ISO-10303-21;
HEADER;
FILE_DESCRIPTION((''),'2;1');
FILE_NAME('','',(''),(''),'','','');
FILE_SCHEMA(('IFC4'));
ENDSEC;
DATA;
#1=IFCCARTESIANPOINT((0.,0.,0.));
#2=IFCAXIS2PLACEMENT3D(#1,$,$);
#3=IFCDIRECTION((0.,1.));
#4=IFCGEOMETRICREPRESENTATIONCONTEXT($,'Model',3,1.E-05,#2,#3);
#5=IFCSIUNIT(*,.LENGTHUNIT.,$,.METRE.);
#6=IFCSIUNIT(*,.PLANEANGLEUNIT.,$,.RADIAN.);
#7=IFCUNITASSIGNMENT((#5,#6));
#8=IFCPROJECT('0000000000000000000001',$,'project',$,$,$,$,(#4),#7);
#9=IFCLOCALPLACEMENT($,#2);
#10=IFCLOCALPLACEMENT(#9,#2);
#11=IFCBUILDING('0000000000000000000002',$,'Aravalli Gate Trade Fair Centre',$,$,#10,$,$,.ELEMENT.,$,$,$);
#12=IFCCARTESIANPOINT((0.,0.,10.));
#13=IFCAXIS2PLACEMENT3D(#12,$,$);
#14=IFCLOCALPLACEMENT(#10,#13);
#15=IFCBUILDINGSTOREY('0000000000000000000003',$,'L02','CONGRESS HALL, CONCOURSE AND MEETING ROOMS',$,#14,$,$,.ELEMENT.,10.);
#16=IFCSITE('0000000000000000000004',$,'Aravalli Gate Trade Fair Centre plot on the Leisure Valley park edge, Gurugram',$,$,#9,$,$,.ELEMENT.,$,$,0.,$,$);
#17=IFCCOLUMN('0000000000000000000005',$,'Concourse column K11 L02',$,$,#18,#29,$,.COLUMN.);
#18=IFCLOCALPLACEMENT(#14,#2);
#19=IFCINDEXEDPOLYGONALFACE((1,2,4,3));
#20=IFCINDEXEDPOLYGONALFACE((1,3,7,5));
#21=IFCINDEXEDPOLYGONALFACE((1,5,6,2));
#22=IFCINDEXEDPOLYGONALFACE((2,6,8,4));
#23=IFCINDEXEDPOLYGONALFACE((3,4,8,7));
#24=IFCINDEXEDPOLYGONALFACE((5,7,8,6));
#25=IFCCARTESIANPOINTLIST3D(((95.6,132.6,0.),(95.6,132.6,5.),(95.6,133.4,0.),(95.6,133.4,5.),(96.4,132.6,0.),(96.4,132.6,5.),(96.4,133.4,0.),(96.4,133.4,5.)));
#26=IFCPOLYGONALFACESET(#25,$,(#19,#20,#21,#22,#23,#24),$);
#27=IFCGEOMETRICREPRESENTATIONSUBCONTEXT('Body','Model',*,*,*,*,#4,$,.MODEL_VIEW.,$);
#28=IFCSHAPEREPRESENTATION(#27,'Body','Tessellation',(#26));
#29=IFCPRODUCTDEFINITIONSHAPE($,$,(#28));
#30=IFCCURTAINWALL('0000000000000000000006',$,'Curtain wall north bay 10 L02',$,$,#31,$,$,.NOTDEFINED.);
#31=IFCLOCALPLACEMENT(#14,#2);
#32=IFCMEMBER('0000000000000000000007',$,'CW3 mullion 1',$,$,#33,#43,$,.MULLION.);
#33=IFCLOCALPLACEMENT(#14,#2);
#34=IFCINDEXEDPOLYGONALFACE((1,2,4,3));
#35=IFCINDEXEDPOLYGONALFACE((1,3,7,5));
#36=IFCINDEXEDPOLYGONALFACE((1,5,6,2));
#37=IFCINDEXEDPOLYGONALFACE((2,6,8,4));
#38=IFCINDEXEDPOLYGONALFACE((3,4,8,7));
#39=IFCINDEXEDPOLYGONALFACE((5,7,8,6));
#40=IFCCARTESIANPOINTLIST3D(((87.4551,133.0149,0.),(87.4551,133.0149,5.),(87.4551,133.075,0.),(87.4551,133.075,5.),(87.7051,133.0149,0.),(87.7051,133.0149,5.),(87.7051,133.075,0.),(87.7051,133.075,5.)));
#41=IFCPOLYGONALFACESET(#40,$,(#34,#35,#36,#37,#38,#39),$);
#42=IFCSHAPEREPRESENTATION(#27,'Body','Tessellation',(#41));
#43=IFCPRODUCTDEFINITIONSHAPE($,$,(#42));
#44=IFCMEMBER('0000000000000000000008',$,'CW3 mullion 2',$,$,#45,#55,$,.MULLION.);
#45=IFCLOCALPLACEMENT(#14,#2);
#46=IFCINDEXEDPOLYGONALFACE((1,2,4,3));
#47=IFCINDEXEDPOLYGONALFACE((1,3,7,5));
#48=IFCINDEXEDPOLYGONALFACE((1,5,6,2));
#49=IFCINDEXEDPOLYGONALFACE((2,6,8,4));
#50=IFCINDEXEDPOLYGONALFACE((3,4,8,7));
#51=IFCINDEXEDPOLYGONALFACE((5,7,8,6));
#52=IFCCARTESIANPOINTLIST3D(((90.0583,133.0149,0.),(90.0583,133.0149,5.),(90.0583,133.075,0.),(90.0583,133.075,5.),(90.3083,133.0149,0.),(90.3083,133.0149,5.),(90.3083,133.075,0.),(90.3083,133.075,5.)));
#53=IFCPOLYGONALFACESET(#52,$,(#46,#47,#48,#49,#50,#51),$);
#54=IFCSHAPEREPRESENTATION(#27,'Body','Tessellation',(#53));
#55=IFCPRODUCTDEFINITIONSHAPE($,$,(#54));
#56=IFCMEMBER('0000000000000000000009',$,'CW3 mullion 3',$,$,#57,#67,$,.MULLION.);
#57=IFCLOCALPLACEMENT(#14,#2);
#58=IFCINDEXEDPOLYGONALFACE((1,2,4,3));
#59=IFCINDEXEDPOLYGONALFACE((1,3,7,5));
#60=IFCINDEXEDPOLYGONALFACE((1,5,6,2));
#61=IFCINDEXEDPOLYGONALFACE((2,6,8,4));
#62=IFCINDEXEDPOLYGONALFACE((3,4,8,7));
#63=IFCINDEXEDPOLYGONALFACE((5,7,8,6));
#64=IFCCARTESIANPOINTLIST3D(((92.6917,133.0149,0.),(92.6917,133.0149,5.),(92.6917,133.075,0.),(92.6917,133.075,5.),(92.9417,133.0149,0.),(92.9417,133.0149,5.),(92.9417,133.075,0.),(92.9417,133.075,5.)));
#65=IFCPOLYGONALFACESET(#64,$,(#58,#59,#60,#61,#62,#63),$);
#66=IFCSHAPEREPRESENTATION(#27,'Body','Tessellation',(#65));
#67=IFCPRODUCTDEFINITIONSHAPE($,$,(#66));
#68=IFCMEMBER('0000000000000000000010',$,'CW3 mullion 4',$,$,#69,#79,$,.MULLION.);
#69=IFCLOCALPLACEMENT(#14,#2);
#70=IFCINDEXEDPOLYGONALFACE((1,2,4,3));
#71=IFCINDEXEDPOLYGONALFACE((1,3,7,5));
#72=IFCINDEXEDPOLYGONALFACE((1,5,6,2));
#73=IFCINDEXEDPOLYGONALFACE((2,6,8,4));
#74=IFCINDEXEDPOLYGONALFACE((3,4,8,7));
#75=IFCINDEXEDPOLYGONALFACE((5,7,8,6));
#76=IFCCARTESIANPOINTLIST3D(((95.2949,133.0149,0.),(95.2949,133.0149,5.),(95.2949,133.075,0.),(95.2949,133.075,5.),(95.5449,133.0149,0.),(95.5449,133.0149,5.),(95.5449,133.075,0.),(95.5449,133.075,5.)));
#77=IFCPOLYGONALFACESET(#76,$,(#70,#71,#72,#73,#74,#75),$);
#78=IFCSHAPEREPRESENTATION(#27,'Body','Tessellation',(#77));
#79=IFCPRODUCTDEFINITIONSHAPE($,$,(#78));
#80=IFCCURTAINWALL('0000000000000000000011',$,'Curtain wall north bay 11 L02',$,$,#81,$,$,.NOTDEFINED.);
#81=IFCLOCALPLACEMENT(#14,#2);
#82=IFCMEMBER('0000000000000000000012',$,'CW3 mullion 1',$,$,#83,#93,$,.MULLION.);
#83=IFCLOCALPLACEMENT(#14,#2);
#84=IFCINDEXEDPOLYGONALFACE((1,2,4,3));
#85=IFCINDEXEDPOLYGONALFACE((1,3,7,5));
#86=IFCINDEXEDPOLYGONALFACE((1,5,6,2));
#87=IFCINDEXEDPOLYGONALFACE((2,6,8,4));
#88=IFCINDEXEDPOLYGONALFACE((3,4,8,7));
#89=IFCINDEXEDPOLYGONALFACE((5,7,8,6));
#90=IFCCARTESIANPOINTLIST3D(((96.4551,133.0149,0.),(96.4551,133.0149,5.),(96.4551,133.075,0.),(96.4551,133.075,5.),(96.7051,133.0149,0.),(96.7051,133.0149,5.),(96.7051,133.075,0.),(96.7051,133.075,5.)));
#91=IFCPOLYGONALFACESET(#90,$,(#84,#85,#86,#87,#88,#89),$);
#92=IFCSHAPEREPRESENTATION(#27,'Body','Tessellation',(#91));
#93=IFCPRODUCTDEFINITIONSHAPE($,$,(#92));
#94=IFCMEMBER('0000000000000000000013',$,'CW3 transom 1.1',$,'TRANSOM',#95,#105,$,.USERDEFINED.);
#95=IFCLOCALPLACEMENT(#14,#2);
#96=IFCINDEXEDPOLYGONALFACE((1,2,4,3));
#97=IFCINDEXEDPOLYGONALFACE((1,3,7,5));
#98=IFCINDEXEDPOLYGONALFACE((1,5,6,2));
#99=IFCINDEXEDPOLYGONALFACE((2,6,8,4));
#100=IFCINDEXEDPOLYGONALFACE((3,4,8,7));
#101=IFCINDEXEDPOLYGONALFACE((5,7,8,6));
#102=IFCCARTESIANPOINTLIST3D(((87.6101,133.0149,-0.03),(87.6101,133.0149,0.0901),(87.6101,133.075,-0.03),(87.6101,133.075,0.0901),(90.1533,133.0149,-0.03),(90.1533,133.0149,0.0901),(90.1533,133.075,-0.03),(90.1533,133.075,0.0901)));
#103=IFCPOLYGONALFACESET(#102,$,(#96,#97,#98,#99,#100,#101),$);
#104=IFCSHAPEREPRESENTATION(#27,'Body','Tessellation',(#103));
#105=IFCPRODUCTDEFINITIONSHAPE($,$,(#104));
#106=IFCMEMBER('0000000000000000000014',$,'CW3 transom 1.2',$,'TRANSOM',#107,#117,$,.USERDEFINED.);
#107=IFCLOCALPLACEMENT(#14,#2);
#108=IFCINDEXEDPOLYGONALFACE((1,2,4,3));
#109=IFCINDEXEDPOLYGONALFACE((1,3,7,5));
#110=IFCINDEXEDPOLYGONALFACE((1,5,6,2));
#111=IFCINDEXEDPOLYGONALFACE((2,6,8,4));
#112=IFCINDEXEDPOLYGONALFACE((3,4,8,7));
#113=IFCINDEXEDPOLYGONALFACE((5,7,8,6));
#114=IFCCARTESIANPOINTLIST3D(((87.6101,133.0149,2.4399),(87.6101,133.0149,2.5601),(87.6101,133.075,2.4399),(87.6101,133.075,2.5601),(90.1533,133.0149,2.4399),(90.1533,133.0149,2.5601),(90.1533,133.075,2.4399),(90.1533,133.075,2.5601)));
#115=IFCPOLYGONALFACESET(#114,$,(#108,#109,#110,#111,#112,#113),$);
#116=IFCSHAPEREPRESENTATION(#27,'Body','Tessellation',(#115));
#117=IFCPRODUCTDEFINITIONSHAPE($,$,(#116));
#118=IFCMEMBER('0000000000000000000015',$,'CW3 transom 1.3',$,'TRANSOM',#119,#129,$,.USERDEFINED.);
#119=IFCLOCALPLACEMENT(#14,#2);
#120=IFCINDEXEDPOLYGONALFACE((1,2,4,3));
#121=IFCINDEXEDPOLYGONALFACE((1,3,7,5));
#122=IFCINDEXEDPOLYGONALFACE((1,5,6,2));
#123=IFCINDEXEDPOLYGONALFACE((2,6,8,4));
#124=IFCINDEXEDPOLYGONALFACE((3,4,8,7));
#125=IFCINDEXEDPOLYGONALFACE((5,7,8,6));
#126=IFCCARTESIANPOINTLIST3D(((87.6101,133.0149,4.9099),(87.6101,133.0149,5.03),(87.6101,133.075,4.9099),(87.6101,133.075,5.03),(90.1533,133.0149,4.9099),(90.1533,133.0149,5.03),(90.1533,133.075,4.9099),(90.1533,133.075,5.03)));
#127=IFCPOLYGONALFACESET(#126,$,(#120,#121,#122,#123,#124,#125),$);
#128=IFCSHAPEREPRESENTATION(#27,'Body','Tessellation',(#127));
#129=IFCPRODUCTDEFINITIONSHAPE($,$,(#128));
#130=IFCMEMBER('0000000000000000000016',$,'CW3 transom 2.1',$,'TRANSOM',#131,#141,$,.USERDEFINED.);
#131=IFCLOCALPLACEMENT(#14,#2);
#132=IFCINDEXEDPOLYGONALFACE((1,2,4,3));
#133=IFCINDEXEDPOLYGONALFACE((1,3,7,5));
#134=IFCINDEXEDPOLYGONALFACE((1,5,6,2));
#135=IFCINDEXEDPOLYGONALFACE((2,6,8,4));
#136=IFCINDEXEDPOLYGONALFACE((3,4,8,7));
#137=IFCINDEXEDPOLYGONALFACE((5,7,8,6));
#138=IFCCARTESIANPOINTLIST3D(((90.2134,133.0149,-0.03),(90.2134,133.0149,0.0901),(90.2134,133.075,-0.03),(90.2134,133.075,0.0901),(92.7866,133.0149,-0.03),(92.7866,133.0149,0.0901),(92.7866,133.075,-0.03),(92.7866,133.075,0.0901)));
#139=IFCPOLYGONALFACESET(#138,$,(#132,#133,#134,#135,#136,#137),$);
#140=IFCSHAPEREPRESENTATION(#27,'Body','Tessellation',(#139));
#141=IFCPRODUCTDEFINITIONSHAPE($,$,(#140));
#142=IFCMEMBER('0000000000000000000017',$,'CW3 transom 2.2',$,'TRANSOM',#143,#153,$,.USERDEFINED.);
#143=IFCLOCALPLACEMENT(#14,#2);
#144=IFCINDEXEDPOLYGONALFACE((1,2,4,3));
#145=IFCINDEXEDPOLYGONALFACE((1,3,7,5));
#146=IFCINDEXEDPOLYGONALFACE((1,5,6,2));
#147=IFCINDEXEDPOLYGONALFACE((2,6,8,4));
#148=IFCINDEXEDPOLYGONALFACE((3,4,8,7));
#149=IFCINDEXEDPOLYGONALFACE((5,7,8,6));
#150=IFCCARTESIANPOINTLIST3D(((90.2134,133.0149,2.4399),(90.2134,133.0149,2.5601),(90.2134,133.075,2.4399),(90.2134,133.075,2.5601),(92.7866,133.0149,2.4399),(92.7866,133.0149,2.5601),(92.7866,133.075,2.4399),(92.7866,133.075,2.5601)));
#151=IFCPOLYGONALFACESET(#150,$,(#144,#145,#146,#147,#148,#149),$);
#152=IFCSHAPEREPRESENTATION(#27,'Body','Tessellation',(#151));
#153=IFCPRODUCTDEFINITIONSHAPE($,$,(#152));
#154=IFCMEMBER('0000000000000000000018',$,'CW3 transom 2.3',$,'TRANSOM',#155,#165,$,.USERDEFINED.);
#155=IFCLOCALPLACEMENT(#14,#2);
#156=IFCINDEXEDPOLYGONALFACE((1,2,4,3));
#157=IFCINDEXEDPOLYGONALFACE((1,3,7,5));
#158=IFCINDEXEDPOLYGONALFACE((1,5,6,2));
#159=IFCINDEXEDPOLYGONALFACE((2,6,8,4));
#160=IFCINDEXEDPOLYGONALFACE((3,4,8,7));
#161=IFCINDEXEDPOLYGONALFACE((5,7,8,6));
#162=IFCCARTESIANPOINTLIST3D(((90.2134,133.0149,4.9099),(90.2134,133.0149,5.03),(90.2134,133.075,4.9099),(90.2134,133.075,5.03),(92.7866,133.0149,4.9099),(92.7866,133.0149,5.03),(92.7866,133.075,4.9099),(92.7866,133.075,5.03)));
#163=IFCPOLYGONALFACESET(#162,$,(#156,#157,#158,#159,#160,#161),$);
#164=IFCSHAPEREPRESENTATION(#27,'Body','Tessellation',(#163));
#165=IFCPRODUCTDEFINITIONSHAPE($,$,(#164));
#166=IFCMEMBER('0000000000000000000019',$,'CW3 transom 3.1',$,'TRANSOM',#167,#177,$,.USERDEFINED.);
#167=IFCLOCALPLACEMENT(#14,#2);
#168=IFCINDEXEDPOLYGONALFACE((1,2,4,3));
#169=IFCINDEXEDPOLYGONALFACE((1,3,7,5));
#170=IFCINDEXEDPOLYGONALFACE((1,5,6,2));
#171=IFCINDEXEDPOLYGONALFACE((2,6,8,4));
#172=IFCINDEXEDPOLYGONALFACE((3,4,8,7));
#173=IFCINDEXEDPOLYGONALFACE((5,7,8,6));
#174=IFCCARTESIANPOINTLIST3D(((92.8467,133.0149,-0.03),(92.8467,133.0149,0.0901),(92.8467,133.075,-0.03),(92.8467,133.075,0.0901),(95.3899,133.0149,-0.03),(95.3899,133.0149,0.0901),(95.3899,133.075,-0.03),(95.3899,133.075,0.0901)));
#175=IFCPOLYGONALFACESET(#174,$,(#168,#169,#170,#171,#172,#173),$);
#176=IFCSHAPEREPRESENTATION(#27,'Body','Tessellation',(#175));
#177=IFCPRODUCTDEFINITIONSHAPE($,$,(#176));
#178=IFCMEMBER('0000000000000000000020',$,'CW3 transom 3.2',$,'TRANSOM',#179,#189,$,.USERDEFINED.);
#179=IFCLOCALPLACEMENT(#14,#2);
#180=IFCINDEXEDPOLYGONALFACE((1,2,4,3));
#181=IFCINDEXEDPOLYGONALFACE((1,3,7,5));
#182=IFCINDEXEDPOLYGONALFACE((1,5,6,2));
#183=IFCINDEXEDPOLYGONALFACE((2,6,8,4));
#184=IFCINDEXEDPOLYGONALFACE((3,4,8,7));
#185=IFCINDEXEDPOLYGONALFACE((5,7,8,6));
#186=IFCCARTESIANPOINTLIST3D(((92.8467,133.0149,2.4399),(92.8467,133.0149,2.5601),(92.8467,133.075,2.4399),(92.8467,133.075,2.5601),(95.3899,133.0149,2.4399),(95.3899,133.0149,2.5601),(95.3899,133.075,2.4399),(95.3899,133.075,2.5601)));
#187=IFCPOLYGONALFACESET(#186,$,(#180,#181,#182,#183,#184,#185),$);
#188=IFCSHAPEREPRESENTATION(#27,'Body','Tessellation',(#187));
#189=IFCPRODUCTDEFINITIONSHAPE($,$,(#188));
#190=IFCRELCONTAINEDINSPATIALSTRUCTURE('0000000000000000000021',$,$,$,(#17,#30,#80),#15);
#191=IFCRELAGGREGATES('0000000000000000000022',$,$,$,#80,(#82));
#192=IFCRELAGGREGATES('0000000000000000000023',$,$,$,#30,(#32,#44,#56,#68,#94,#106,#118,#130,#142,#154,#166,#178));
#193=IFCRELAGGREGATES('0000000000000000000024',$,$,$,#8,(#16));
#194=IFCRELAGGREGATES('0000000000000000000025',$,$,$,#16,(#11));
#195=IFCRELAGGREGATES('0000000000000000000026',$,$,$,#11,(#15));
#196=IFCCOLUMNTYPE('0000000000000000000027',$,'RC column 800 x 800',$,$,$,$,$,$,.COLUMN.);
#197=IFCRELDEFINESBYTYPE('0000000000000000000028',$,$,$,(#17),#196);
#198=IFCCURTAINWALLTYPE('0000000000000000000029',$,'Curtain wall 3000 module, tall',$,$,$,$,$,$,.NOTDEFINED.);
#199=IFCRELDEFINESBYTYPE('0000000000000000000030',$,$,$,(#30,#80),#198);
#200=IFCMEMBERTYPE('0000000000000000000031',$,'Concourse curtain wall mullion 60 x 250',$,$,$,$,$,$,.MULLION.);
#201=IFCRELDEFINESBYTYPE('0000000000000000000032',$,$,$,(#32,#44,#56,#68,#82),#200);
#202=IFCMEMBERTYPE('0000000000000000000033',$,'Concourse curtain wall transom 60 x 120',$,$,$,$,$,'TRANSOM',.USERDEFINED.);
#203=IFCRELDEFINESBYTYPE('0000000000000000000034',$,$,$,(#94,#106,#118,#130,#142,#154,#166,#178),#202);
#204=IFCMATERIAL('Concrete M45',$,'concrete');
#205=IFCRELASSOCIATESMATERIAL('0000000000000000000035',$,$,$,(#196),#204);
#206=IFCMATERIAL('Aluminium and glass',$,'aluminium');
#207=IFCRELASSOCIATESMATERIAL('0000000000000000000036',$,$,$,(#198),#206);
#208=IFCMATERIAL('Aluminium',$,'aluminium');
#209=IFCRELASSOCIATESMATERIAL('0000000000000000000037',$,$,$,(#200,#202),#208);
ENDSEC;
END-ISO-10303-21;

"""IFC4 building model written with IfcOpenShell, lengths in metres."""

from ifc_helpers import new_model, si_unit, direction, frame, origin, origin_2d, place, context, subcontext, project, spatial, rectangle, extrude, material, material_profile, profile_set, type_object, element, aggregate, save


model = new_model("IFC4")

# Units and contexts
model_context = context("Model", 3, precision=1e-05, world=origin(), true_north=direction((0.0, 1.0)))
body_context = subcontext(model_context, "Body", "Model", "MODEL_VIEW")
ifc_project = project(units=[si_unit("LENGTHUNIT", "METRE"), si_unit("PLANEANGLEUNIT", "RADIAN")], contexts=[model_context])

# Site, building, storey
site_placement = place(None, origin())
site = spatial("IfcSite", under=ifc_project, at=site_placement, Name="Aravalli Gate Trade Fair Centre plot on the Leisure Valley park edge, Gurugram", CompositionType="ELEMENT", RefElevation=0.0)
building_placement = place(site_placement, origin())
building = spatial("IfcBuilding", under=site, at=building_placement, Name="Aravalli Gate Trade Fair Centre", CompositionType="ELEMENT")
storey_placement = place(building_placement, frame((0.0, 0.0, 10.0)))
storey = spatial("IfcBuildingStorey", under=building, at=storey_placement, Name="L02", Description="CONGRESS HALL, CONCOURSE AND MEETING ROOMS", CompositionType="ELEMENT", Elevation=10.0)

# Column
ifc_material_1 = material(Name="Concrete M45", Category="concrete")
ifc_material_profile_1 = material_profile(ifc_material_1, rectangle(XDim=0.8, YDim=0.8, at=origin_2d()), Name="RC column 800 x 800")
ifc_profile_set_1 = profile_set([ifc_material_profile_1], Name="Concrete M45")
column_type = type_object("IfcColumnType", Name="RC column 800 x 800", PredefinedType="COLUMN", material=ifc_profile_set_1)
column_placement = place(storey_placement, frame((96.0, 133.0, 0.0), z_axis=(0.0, 0.0, 1.0), x_axis=(1.0, 0.0, 0.0)))
element("IfcColumn", 1, at=column_placement, inside=storey, type_object=column_type, Name="Concourse column K11 L02", PredefinedType="COLUMN", context=body_context, shape_type="SweptSolid", body=[
    extrude(rectangle(XDim=0.8, YDim=0.8, at=origin_2d()), origin(), (0.0, 0.0, 1.0), 5.0),
])

# Curtain wall, members
ifc_material_2 = material(Name="Aluminium and glass", Category="aluminium")
curtain_wall_type = type_object("IfcCurtainWallType", Name="Curtain wall 3000 module, tall", PredefinedType="NOTDEFINED", material=ifc_material_2)
curtain_wall_1_placement = place(storey_placement, origin())
curtain_wall_1 = element("IfcCurtainWall", 2, at=curtain_wall_1_placement, inside=storey, type_object=curtain_wall_type, Name="Curtain wall north bay 10 L02", PredefinedType="NOTDEFINED")
ifc_material_3 = material(Name="Aluminium", Category="aluminium")
ifc_material_profile_2 = material_profile(ifc_material_3, rectangle(XDim=0.0601, YDim=0.25, at=origin_2d()), Name="Concourse curtain wall mullion 60 x 250")
ifc_profile_set_2 = profile_set([ifc_material_profile_2], Name="Aluminium")
member_type_1 = type_object("IfcMemberType", Name="Concourse curtain wall mullion 60 x 250", PredefinedType="MULLION", material=ifc_profile_set_2)
member_1_placement = place(storey_placement, frame((87.5801, 133.0449, 0.0), z_axis=(0.0, 0.0, 1.0), x_axis=(0.0, 1.0, 0.0)))
member_1 = element("IfcMember", 3, at=member_1_placement, type_object=member_type_1, Name="CW3 mullion 1", PredefinedType="MULLION", context=body_context, shape_type="SweptSolid", body=[
    extrude(rectangle(XDim=0.0601, YDim=0.25, at=origin_2d()), origin(), (0.0, 0.0, 1.0), 5.0),
])
member_2_placement = place(storey_placement, frame((90.1833, 133.0449, 0.0), z_axis=(0.0, 0.0, 1.0), x_axis=(0.0, 1.0, 0.0)))
member_2 = element("IfcMember", 4, at=member_2_placement, type_object=member_type_1, Name="CW3 mullion 2", PredefinedType="MULLION", context=body_context, shape_type="SweptSolid", body=[
    extrude(rectangle(XDim=0.0601, YDim=0.25, at=origin_2d()), origin(), (0.0, 0.0, 1.0), 5.0),
])
member_3_placement = place(storey_placement, frame((92.8167, 133.0449, 0.0), z_axis=(0.0, 0.0, 1.0), x_axis=(0.0, 1.0, 0.0)))
member_3 = element("IfcMember", 5, at=member_3_placement, type_object=member_type_1, Name="CW3 mullion 3", PredefinedType="MULLION", context=body_context, shape_type="SweptSolid", body=[
    extrude(rectangle(XDim=0.0601, YDim=0.25, at=origin_2d()), origin(), (0.0, 0.0, 1.0), 5.0),
])
member_4_placement = place(storey_placement, frame((95.4199, 133.0449, 0.0), z_axis=(0.0, 0.0, 1.0), x_axis=(0.0, 1.0, 0.0)))
member_4 = element("IfcMember", 6, at=member_4_placement, type_object=member_type_1, Name="CW3 mullion 4", PredefinedType="MULLION", context=body_context, shape_type="SweptSolid", body=[
    extrude(rectangle(XDim=0.0601, YDim=0.25, at=origin_2d()), origin(), (0.0, 0.0, 1.0), 5.0),
])

# Curtain wall, member
curtain_wall_2_placement = place(storey_placement, origin())
curtain_wall_2 = element("IfcCurtainWall", 7, at=curtain_wall_2_placement, inside=storey, type_object=curtain_wall_type, Name="Curtain wall north bay 11 L02", PredefinedType="NOTDEFINED")
member_5_placement = place(storey_placement, frame((96.5801, 133.0449, 0.0), z_axis=(0.0, 0.0, 1.0), x_axis=(0.0, 1.0, 0.0)))
member_5 = element("IfcMember", 8, at=member_5_placement, type_object=member_type_1, Name="CW3 mullion 1", PredefinedType="MULLION", context=body_context, shape_type="SweptSolid", body=[
    extrude(rectangle(XDim=0.0601, YDim=0.25, at=origin_2d()), origin(), (0.0, 0.0, 1.0), 5.0),
])

# Members
ifc_material_profile_3 = material_profile(ifc_material_3, rectangle(XDim=0.0601, YDim=0.1201, at=origin_2d()), Name="Concourse curtain wall transom 60 x 120")
ifc_profile_set_3 = profile_set([ifc_material_profile_3], Name="Aluminium")
member_type_2 = type_object("IfcMemberType", Name="Concourse curtain wall transom 60 x 120", ElementType="TRANSOM", PredefinedType="USERDEFINED", material=ifc_profile_set_3)
member_6_placement = place(storey_placement, frame((87.6101, 133.0449, 0.03), z_axis=(1.0, 0.0, 0.0), x_axis=(0.0, 1.0, 0.0)))
member_6 = element("IfcMember", 9, at=member_6_placement, type_object=member_type_2, Name="CW3 transom 1.1", ObjectType="TRANSOM", PredefinedType="USERDEFINED", context=body_context, shape_type="SweptSolid", body=[
    extrude(rectangle(XDim=0.0601, YDim=0.1201, at=origin_2d()), origin(), (0.0, 0.0, 1.0), 2.5432),
])
member_7_placement = place(storey_placement, frame((87.6101, 133.0449, 2.5), z_axis=(1.0, 0.0, 0.0), x_axis=(0.0, 1.0, 0.0)))
member_7 = element("IfcMember", 10, at=member_7_placement, type_object=member_type_2, Name="CW3 transom 1.2", ObjectType="TRANSOM", PredefinedType="USERDEFINED", context=body_context, shape_type="SweptSolid", body=[
    extrude(rectangle(XDim=0.0601, YDim=0.1201, at=origin_2d()), origin(), (0.0, 0.0, 1.0), 2.5432),
])
member_8_placement = place(storey_placement, frame((87.6101, 133.0449, 4.97), z_axis=(1.0, 0.0, 0.0), x_axis=(0.0, 1.0, 0.0)))
member_8 = element("IfcMember", 11, at=member_8_placement, type_object=member_type_2, Name="CW3 transom 1.3", ObjectType="TRANSOM", PredefinedType="USERDEFINED", context=body_context, shape_type="SweptSolid", body=[
    extrude(rectangle(XDim=0.0601, YDim=0.1201, at=origin_2d()), origin(), (0.0, 0.0, 1.0), 2.5432),
])
member_9_placement = place(storey_placement, frame((90.2134, 133.0449, 0.03), z_axis=(1.0, 0.0, 0.0), x_axis=(0.0, 1.0, 0.0)))
member_9 = element("IfcMember", 12, at=member_9_placement, type_object=member_type_2, Name="CW3 transom 2.1", ObjectType="TRANSOM", PredefinedType="USERDEFINED", context=body_context, shape_type="SweptSolid", body=[
    extrude(rectangle(XDim=0.0601, YDim=0.1201, at=origin_2d()), origin(), (0.0, 0.0, 1.0), 2.5732),
])
member_10_placement = place(storey_placement, frame((90.2134, 133.0449, 2.5), z_axis=(1.0, 0.0, 0.0), x_axis=(0.0, 1.0, 0.0)))
member_10 = element("IfcMember", 13, at=member_10_placement, type_object=member_type_2, Name="CW3 transom 2.2", ObjectType="TRANSOM", PredefinedType="USERDEFINED", context=body_context, shape_type="SweptSolid", body=[
    extrude(rectangle(XDim=0.0601, YDim=0.1201, at=origin_2d()), origin(), (0.0, 0.0, 1.0), 2.5732),
])
member_11_placement = place(storey_placement, frame((90.2134, 133.0449, 4.97), z_axis=(1.0, 0.0, 0.0), x_axis=(0.0, 1.0, 0.0)))
member_11 = element("IfcMember", 14, at=member_11_placement, type_object=member_type_2, Name="CW3 transom 2.3", ObjectType="TRANSOM", PredefinedType="USERDEFINED", context=body_context, shape_type="SweptSolid", body=[
    extrude(rectangle(XDim=0.0601, YDim=0.1201, at=origin_2d()), origin(), (0.0, 0.0, 1.0), 2.5732),
])
member_12_placement = place(storey_placement, frame((92.8467, 133.0449, 0.03), z_axis=(1.0, 0.0, 0.0), x_axis=(0.0, 1.0, 0.0)))
member_12 = element("IfcMember", 15, at=member_12_placement, type_object=member_type_2, Name="CW3 transom 3.1", ObjectType="TRANSOM", PredefinedType="USERDEFINED", context=body_context, shape_type="SweptSolid", body=[
    extrude(rectangle(XDim=0.0601, YDim=0.1201, at=origin_2d()), origin(), (0.0, 0.0, 1.0), 2.5432),
])
member_13_placement = place(storey_placement, frame((92.8467, 133.0449, 2.5), z_axis=(1.0, 0.0, 0.0), x_axis=(0.0, 1.0, 0.0)))
member_13 = element("IfcMember", 16, at=member_13_placement, type_object=member_type_2, Name="CW3 transom 3.2", ObjectType="TRANSOM", PredefinedType="USERDEFINED", context=body_context, shape_type="SweptSolid", body=[
    extrude(rectangle(XDim=0.0601, YDim=0.1201, at=origin_2d()), origin(), (0.0, 0.0, 1.0), 2.5432),
])
aggregate(curtain_wall_2, [member_5])

aggregate(curtain_wall_1, [member_1, member_2, member_3, member_4, member_6, member_7, member_8, member_9, member_10, member_11, member_12, member_13])

save(model, "model.ifc")
